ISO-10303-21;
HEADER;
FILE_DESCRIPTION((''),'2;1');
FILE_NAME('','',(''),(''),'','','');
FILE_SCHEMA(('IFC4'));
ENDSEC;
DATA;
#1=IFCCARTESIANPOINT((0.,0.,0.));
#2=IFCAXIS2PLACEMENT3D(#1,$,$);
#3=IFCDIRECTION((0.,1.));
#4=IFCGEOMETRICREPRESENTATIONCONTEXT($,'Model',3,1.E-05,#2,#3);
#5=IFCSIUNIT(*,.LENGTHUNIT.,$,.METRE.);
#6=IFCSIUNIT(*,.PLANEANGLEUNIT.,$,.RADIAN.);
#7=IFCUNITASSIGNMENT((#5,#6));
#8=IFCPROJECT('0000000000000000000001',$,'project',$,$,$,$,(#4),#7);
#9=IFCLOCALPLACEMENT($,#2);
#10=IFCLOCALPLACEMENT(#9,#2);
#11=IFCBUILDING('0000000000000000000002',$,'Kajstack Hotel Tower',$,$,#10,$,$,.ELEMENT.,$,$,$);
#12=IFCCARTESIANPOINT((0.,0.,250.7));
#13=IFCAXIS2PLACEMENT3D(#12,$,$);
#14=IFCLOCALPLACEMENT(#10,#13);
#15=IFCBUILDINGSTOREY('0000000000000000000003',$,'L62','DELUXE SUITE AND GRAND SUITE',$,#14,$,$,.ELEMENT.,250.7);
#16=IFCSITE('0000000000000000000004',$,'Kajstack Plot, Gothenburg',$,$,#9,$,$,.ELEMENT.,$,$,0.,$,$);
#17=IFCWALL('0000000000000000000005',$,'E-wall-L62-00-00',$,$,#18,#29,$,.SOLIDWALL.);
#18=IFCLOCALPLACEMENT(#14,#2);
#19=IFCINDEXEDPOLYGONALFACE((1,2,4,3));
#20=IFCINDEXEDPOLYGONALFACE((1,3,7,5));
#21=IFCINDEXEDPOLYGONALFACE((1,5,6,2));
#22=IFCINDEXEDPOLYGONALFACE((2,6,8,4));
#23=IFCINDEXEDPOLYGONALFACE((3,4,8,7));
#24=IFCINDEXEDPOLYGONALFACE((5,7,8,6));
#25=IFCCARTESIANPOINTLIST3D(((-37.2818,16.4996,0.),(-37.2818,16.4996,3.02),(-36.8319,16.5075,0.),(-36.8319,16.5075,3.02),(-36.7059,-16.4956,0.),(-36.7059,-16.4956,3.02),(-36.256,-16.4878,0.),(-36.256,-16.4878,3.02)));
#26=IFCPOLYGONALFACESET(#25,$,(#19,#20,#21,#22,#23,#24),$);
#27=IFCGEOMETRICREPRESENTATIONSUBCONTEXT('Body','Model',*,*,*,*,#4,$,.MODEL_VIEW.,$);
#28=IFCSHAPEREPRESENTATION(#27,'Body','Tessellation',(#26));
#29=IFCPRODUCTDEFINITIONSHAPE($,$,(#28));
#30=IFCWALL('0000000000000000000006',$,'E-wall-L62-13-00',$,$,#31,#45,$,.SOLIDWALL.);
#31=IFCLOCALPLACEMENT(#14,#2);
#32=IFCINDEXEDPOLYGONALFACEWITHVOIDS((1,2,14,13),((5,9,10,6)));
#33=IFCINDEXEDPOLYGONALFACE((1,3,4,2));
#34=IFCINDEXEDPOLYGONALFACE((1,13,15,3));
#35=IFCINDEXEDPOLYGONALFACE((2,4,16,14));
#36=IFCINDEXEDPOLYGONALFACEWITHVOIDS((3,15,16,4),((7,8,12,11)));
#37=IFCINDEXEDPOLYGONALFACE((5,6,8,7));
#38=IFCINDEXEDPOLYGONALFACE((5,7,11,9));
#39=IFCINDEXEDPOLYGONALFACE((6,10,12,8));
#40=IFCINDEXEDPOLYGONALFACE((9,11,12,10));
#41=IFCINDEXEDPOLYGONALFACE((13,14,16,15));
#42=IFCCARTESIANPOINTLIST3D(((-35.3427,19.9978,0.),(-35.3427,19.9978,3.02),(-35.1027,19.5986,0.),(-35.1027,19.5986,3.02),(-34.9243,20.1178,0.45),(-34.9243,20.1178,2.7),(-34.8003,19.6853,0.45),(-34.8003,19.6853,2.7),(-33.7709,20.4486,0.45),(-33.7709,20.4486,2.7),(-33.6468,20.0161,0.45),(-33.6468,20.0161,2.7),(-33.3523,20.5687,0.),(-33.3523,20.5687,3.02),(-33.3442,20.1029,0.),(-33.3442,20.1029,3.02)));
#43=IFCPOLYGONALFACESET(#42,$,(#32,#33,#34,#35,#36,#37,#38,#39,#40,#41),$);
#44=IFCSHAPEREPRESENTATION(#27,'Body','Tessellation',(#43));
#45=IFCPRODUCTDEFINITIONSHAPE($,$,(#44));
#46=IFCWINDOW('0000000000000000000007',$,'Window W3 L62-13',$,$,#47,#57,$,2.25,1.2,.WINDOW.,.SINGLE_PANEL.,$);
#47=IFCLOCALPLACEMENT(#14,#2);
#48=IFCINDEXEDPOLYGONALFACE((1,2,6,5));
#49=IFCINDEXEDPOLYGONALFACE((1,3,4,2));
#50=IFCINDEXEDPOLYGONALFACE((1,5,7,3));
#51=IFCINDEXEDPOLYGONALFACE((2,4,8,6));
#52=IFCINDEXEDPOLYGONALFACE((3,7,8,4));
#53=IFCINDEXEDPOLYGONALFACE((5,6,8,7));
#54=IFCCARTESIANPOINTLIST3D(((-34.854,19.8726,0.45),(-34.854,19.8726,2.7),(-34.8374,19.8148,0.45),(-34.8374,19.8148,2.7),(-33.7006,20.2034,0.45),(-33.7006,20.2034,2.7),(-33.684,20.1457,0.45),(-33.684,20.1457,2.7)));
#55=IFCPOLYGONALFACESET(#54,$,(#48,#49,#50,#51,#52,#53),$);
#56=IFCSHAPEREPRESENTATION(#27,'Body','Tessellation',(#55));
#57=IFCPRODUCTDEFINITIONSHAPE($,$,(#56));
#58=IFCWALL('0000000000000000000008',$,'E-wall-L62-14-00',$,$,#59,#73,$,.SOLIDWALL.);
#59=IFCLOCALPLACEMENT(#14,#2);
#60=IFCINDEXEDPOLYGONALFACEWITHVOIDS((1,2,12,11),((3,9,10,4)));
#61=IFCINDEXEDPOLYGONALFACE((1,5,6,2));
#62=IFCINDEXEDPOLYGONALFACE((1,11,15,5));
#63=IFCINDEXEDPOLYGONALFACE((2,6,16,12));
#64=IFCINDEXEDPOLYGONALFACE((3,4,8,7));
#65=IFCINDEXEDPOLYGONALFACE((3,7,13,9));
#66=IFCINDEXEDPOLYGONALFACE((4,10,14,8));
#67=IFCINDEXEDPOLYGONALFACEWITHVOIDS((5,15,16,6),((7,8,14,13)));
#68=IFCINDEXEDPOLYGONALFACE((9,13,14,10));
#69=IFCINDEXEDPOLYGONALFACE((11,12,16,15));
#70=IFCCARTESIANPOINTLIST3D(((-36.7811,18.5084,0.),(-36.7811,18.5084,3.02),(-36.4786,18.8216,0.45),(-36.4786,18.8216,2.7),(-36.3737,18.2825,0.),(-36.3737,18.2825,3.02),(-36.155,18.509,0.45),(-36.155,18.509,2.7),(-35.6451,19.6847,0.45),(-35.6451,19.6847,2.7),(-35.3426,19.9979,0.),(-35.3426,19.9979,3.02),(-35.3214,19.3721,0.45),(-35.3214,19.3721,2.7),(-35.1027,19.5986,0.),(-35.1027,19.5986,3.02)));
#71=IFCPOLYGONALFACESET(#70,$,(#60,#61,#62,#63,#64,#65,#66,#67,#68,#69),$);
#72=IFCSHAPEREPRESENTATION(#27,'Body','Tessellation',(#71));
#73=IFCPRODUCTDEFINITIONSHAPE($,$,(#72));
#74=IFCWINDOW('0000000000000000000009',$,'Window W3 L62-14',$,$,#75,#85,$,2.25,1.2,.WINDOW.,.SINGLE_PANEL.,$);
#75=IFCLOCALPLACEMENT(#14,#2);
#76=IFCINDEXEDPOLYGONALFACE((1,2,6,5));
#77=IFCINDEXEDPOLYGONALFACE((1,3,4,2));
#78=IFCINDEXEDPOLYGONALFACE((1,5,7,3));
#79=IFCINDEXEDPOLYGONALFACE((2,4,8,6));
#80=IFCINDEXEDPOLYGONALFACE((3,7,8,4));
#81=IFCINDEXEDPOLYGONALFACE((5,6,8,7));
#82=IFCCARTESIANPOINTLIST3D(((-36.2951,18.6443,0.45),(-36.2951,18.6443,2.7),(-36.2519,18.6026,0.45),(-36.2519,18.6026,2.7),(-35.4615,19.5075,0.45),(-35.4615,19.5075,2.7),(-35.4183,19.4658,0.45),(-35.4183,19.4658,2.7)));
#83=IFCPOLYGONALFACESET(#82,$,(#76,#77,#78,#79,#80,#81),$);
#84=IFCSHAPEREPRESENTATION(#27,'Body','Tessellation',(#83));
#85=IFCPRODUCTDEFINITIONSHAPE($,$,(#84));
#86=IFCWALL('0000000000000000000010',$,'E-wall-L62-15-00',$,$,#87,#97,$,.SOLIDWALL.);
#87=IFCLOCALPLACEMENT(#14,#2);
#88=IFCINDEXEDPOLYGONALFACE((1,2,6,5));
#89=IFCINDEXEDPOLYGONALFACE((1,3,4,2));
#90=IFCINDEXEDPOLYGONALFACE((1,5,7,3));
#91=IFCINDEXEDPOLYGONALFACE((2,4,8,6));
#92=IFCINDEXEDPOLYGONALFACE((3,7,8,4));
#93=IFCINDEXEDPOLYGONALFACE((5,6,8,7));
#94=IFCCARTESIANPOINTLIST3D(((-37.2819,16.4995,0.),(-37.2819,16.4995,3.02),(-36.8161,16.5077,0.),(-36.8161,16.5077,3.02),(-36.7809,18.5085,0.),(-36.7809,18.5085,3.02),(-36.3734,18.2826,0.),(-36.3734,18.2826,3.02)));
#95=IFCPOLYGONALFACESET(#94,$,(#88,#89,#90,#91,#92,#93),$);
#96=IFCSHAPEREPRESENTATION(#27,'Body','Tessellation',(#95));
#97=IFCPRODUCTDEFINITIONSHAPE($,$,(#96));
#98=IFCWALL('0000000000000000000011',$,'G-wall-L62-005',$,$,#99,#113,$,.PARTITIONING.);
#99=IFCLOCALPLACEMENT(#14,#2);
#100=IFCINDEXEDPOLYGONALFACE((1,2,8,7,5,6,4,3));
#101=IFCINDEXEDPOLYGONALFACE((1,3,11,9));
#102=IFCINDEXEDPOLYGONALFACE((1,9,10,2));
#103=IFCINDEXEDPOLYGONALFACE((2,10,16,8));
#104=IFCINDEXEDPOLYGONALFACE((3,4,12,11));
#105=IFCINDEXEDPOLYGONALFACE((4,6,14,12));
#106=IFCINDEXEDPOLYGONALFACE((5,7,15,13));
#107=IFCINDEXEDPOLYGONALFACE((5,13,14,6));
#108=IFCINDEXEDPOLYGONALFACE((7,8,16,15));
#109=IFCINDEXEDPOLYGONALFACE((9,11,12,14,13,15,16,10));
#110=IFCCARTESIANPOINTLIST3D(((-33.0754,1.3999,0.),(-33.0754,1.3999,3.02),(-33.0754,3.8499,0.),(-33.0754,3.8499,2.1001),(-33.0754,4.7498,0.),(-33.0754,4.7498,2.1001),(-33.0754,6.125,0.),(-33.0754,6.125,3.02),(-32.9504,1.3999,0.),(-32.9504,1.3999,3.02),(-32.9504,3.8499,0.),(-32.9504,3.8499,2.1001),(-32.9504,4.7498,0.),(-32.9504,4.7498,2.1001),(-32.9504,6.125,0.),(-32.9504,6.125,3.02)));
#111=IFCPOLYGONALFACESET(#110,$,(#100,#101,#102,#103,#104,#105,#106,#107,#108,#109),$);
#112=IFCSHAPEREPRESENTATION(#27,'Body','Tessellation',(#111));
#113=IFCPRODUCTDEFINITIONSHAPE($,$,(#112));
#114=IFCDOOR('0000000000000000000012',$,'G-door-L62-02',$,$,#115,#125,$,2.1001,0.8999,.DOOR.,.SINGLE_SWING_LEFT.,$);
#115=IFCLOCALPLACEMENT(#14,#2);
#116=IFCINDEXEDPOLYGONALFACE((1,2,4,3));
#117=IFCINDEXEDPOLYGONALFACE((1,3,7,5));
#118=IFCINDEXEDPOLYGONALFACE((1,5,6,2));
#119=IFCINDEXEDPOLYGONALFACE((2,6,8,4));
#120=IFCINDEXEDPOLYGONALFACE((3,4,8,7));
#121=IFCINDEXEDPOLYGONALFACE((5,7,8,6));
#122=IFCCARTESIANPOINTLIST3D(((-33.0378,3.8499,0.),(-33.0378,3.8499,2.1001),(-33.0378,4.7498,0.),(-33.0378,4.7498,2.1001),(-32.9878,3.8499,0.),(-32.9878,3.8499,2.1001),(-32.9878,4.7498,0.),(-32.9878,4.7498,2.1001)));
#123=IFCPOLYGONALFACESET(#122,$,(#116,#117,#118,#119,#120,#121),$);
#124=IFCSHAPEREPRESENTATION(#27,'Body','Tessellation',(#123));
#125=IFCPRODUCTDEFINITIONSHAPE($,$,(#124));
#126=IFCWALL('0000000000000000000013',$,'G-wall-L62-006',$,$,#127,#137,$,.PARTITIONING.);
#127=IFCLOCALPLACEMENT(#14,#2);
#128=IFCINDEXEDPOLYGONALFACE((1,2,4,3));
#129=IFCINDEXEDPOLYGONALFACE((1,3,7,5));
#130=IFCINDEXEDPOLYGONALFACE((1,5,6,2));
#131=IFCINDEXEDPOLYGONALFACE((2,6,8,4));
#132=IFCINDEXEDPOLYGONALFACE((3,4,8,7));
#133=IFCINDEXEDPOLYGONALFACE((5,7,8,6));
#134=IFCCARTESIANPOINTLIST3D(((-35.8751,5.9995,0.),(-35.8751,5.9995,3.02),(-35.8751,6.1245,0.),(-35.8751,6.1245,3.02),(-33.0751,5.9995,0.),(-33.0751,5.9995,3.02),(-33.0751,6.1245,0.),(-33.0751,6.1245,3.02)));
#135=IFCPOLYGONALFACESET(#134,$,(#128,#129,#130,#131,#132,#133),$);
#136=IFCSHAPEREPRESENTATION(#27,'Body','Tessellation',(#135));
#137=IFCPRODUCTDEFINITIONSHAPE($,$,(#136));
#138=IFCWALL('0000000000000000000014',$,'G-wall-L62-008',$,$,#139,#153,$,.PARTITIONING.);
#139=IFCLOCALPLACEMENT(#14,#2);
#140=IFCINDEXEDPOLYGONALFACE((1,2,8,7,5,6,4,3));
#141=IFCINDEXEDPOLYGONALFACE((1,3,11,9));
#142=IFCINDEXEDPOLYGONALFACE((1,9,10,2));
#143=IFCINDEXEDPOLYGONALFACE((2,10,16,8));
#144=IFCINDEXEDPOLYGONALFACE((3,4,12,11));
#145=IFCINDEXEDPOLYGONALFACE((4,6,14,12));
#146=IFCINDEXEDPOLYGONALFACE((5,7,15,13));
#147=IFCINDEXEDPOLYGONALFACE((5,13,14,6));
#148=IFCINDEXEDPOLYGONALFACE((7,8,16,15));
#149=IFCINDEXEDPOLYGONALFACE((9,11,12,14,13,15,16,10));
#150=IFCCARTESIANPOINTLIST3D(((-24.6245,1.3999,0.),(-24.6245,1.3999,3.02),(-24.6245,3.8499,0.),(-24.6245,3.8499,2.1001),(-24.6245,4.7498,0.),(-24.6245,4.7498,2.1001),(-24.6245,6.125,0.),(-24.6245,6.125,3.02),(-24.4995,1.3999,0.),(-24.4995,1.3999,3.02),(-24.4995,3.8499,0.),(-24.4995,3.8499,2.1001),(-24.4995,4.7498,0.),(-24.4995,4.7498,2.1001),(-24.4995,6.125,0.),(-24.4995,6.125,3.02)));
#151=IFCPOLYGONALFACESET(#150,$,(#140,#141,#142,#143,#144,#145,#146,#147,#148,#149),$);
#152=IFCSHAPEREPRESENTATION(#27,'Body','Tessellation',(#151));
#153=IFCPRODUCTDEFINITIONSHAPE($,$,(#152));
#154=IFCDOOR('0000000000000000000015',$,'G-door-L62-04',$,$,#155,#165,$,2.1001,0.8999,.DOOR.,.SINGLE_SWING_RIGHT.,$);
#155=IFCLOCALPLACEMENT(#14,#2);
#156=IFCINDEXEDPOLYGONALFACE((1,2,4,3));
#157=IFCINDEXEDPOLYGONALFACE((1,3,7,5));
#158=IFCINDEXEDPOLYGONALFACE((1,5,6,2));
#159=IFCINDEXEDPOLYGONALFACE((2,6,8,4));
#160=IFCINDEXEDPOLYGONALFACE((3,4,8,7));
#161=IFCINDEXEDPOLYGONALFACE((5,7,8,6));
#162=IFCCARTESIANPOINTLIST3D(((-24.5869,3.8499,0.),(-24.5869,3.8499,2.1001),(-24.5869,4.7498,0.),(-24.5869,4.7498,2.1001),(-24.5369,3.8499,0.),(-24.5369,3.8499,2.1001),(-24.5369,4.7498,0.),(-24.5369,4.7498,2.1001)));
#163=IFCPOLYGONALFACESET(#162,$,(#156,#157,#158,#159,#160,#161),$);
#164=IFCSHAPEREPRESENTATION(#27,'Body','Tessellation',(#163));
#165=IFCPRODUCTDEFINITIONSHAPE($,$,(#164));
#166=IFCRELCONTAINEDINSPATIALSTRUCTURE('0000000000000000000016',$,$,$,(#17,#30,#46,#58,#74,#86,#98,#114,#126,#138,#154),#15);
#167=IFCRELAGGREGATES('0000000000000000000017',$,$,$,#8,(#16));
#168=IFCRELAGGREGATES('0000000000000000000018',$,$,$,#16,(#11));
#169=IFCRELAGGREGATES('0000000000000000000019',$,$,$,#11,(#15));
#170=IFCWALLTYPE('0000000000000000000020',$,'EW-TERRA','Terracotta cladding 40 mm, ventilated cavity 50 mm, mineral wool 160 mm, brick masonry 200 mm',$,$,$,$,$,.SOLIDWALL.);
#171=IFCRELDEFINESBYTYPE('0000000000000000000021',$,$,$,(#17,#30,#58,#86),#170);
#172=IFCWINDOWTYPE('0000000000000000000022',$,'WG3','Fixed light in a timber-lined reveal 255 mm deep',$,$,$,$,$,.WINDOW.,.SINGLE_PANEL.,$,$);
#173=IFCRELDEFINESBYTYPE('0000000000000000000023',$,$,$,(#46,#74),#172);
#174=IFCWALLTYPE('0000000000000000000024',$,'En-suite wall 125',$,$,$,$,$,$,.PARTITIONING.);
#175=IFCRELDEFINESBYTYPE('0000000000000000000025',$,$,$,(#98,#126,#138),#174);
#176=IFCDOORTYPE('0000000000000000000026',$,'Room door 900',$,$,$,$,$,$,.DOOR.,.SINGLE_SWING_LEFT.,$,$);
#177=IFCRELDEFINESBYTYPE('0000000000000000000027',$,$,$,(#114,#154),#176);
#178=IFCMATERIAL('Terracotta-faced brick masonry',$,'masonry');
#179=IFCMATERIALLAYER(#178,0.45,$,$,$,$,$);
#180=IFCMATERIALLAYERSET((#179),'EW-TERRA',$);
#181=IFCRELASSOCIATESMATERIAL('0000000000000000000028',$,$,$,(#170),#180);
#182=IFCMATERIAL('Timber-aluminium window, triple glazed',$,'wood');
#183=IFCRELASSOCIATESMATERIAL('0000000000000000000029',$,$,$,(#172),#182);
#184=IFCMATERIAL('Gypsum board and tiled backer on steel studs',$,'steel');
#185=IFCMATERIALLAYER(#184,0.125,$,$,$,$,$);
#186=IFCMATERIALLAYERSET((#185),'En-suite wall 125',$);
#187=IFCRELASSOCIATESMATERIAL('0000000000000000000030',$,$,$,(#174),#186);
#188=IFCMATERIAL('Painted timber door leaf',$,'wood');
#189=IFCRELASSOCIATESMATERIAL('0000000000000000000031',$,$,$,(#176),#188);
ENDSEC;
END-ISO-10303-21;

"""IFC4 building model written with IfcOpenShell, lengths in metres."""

from ifc_helpers import new_model, si_unit, direction, frame, frame_2d, origin, place, context, subcontext, project, spatial, polyline, rectangle, outline, extrude, material, layer, layer_set, type_object, element, fill, save


model = new_model("IFC4")

# Units and contexts
model_context = context("Model", 3, precision=1e-05, world=origin(), true_north=direction((0.0, 1.0)))
body_context = subcontext(model_context, "Body", "Model", "MODEL_VIEW")
ifc_project = project(units=[si_unit("LENGTHUNIT", "METRE"), si_unit("PLANEANGLEUNIT", "RADIAN")], contexts=[model_context])

# Site, building, storey
site_placement = place(None, origin())
site = spatial("IfcSite", under=ifc_project, at=site_placement, Name="Kajstack Plot, Gothenburg", CompositionType="ELEMENT", RefElevation=0.0)
building_placement = place(site_placement, origin())
building = spatial("IfcBuilding", under=site, at=building_placement, Name="Kajstack Hotel Tower", CompositionType="ELEMENT")
storey_placement = place(building_placement, frame((0.0, 0.0, 250.7)))
storey = spatial("IfcBuildingStorey", under=building, at=storey_placement, Name="L62", Description="DELUXE SUITE AND GRAND SUITE", CompositionType="ELEMENT", Elevation=250.7)

# Wall
ifc_material_1 = material(Name="Terracotta-faced brick masonry", Category="masonry")
ifc_layer_1 = layer(ifc_material_1, 0.45)
ifc_layer_set_1 = layer_set([ifc_layer_1], Name="EW-TERRA")
wall_type_1 = type_object("IfcWallType", Name="EW-TERRA", Description="Terracotta cladding 40 mm, ventilated cavity 50 mm, mineral wool 160 mm, brick masonry 200 mm", PredefinedType="SOLIDWALL", material=ifc_layer_set_1)
wall_1_placement = place(storey_placement, frame((-37.0569, 16.5034, 0.0), z_axis=(0.0, 0.0, 1.0), x_axis=(0.017452, -0.999848, 0.0)))
element("IfcWall", 1, at=wall_1_placement, inside=storey, type_object=wall_type_1, Name="E-wall-L62-00-00", PredefinedType="SOLIDWALL", context=body_context, shape_type="SweptSolid", body=[
    extrude(rectangle(XDim=33.0002, YDim=0.45, at=frame_2d((16.5, 0.0))), origin(), (0.0, 0.0, 1.0), 3.02),
])

# Walls, openings, windows
wall_2_placement = place(storey_placement, frame((-33.2903, 20.3523, 0.0), z_axis=(0.0, 0.0, 1.0), x_axis=(-0.961248, -0.275687, 0.0)))
wall_2 = element("IfcWall", 2, at=wall_2_placement, inside=storey, type_object=wall_type_1, Name="E-wall-L62-13-00", PredefinedType="SOLIDWALL", context=body_context, shape_type="SweptSolid", body=[
    extrude(outline(polyline([(0.0, -0.2251), (2.0706, -0.2251), (1.95, 0.2249), (0.1206, 0.2249), (0.0, -0.2251)])), origin(), (0.0, 0.0, 1.0), 3.02),
])
opening_1_placement = place(wall_2_placement, frame((0.4353, 0.0, 0.45)))
opening_1 = element("IfcOpeningElement", 3, at=opening_1_placement, cuts=wall_2, PredefinedType="OPENING", context=body_context, shape_type="SweptSolid", body=[
    extrude(rectangle(XDim=1.2, YDim=2.25, at=frame_2d((0.6001, 1.125))), frame((0.0, 0.2349, 0.0), z_axis=(0.0, -1.0, 0.0), x_axis=(1.0, 0.0, 0.0)), (0.0, 0.0, 1.0), 0.47),
])
ifc_material_2 = material(Name="Timber-aluminium window, triple glazed", Category="wood")
window_type = type_object("IfcWindowType", Name="WG3", Description="Fixed light in a timber-lined reveal 255 mm deep", PartitioningType="SINGLE_PANEL", PredefinedType="WINDOW", material=ifc_material_2)
window_1_placement = place(opening_1_placement, origin())
window_1 = element("IfcWindow", 4, at=window_1_placement, inside=storey, type_object=window_type, Name="Window W3 L62-13", OverallHeight=2.25, OverallWidth=1.2, PartitioningType="SINGLE_PANEL", PredefinedType="WINDOW", context=body_context, shape_type="SweptSolid", body=[
    extrude(rectangle(XDim=1.2, YDim=2.25, at=frame_2d((0.6001, 1.125))), frame((0.0, 0.0901, 0.0), z_axis=(0.0, -1.0, 0.0), x_axis=(1.0, 0.0, 0.0)), (0.0, 0.0, 1.0), 0.0601),
])
fill(opening_1, window_1)
wall_3_placement = place(storey_placement, frame((-35.1807, 19.8416, 0.0), z_axis=(0.0, 0.0, 1.0), x_axis=(-0.694679, -0.71932, 0.0)))
wall_3 = element("IfcWall", 5, at=wall_3_placement, inside=storey, type_object=wall_type_1, Name="E-wall-L62-14-00", PredefinedType="SOLIDWALL", context=body_context, shape_type="SweptSolid", body=[
    extrude(outline(polyline([(0.0, -0.2251), (2.0708, -0.2251), (1.9502, 0.2249), (0.1206, 0.2249), (0.0, -0.2251)])), origin(), (0.0, 0.0, 1.0), 3.02),
])
opening_2_placement = place(wall_3_placement, frame((0.4353, 0.0, 0.45)))
opening_2 = element("IfcOpeningElement", 6, at=opening_2_placement, cuts=wall_3, PredefinedType="OPENING", context=body_context, shape_type="SweptSolid", body=[
    extrude(rectangle(XDim=1.2, YDim=2.25, at=frame_2d((0.6001, 1.125))), frame((0.0, 0.2349, 0.0), z_axis=(0.0, -1.0, 0.0), x_axis=(1.0, 0.0, 0.0)), (0.0, 0.0, 1.0), 0.47),
])
window_2_placement = place(opening_2_placement, origin())
window_2 = element("IfcWindow", 7, at=window_2_placement, inside=storey, type_object=window_type, Name="Window W3 L62-14", OverallHeight=2.25, OverallWidth=1.2, PartitioningType="SINGLE_PANEL", PredefinedType="WINDOW", context=body_context, shape_type="SweptSolid", body=[
    extrude(rectangle(XDim=1.2, YDim=2.25, at=frame_2d((0.6001, 1.125))), frame((0.0, 0.0901, 0.0), z_axis=(0.0, -1.0, 0.0), x_axis=(1.0, 0.0, 0.0)), (0.0, 0.0, 1.0), 0.0601),
])
fill(opening_2, window_2)

# Wall
wall_4_placement = place(storey_placement, frame((-36.5627, 18.4539, 0.0), z_axis=(0.0, 0.0, 1.0), x_axis=(-0.24187, -0.970309, 0.0)))
element("IfcWall", 8, at=wall_4_placement, inside=storey, type_object=wall_type_1, Name="E-wall-L62-15-00", PredefinedType="SOLIDWALL", context=body_context, shape_type="SweptSolid", body=[
    extrude(outline(polyline([(-0.0002, -0.2249), (2.0703, -0.2251), (1.9497, 0.2249), (0.1204, 0.2251), (-0.0002, -0.2249)])), origin(), (0.0, 0.0, 1.0), 3.02),
])

# Wall, opening, door
ifc_material_3 = material(Name="Gypsum board and tiled backer on steel studs", Category="steel")
ifc_layer_2 = layer(ifc_material_3, 0.125)
ifc_layer_set_2 = layer_set([ifc_layer_2], Name="En-suite wall 125")
wall_type_2 = type_object("IfcWallType", Name="En-suite wall 125", PredefinedType="PARTITIONING", material=ifc_layer_set_2)
wall_5_placement = place(storey_placement, frame((-33.0129, 1.3999, 0.0), z_axis=(0.0, 0.0, 1.0), x_axis=(0.0, 1.0, 0.0)))
wall_5 = element("IfcWall", 9, at=wall_5_placement, inside=storey, type_object=wall_type_2, Name="G-wall-L62-005", PredefinedType="PARTITIONING", context=body_context, shape_type="SweptSolid", body=[
    extrude(rectangle(XDim=4.7251, YDim=0.125, at=frame_2d((2.3625, 0.0))), origin(), (0.0, 0.0, 1.0), 3.02),
])
opening_3_placement = place(wall_5_placement, frame((2.45, 0.0, 0.0)))
opening_3 = element("IfcOpeningElement", 10, at=opening_3_placement, cuts=wall_5, PredefinedType="OPENING", context=body_context, shape_type="SweptSolid", body=[
    extrude(rectangle(XDim=0.8999, YDim=2.1001, at=frame_2d((0.45, 1.05))), frame((0.0, 0.0725, 0.0), z_axis=(0.0, -1.0, 0.0), x_axis=(1.0, 0.0, 0.0)), (0.0, 0.0, 1.0), 0.145),
])
ifc_material_4 = material(Name="Painted timber door leaf", Category="wood")
door_type_1 = type_object("IfcDoorType", Name="Room door 900", OperationType="SINGLE_SWING_LEFT", PredefinedType="DOOR", material=ifc_material_4)
door_1_placement = place(opening_3_placement, origin())
door_1 = element("IfcDoor", 11, at=door_1_placement, inside=storey, type_object=door_type_1, Name="G-door-L62-02", OperationType="SINGLE_SWING_LEFT", OverallHeight=2.1001, OverallWidth=0.8999, PredefinedType="DOOR", context=body_context, shape_type="SweptSolid", body=[
    extrude(rectangle(XDim=0.8999, YDim=2.1001, at=frame_2d((0.45, 1.05))), frame((0.0, 0.0249, 0.0), z_axis=(0.0, -1.0, 0.0), x_axis=(1.0, 0.0, 0.0)), (0.0, 0.0, 1.0), 0.05),
])
fill(opening_3, door_1)

# Wall
wall_6_placement = place(storey_placement, frame((-35.875, 6.062, 0.0), z_axis=(0.0, 0.0, 1.0), x_axis=(1.0, 0.0, 0.0)))
element("IfcWall", 12, at=wall_6_placement, inside=storey, type_object=wall_type_2, Name="G-wall-L62-006", PredefinedType="PARTITIONING", context=body_context, shape_type="SweptSolid", body=[
    extrude(rectangle(XDim=2.8, YDim=0.125, at=frame_2d((1.3999, 0.0))), origin(), (0.0, 0.0, 1.0), 3.02),
])

# Wall, opening, door
wall_7_placement = place(storey_placement, frame((-24.562, 1.3999, 0.0), z_axis=(0.0, 0.0, 1.0), x_axis=(0.0, 1.0, 0.0)))
wall_7 = element("IfcWall", 13, at=wall_7_placement, inside=storey, type_object=wall_type_2, Name="G-wall-L62-008", PredefinedType="PARTITIONING", context=body_context, shape_type="SweptSolid", body=[
    extrude(rectangle(XDim=4.7251, YDim=0.125, at=frame_2d((2.3625, 0.0))), origin(), (0.0, 0.0, 1.0), 3.02),
])
opening_4_placement = place(wall_7_placement, frame((2.45, 0.0, 0.0)))
opening_4 = element("IfcOpeningElement", 14, at=opening_4_placement, cuts=wall_7, PredefinedType="OPENING", context=body_context, shape_type="SweptSolid", body=[
    extrude(rectangle(XDim=0.8999, YDim=2.1001, at=frame_2d((0.45, 1.05))), frame((0.0, 0.0725, 0.0), z_axis=(0.0, -1.0, 0.0), x_axis=(1.0, 0.0, 0.0)), (0.0, 0.0, 1.0), 0.145),
])
door_2_placement = place(opening_4_placement, origin())
door_2 = element("IfcDoor", 15, at=door_2_placement, inside=storey, type_object=door_type_1, Name="G-door-L62-04", OperationType="SINGLE_SWING_RIGHT", OverallHeight=2.1001, OverallWidth=0.8999, PredefinedType="DOOR", context=body_context, shape_type="SweptSolid", body=[
    extrude(rectangle(XDim=0.8999, YDim=2.1001, at=frame_2d((0.45, 1.05))), frame((0.0, 0.0249, 0.0), z_axis=(0.0, -1.0, 0.0), x_axis=(1.0, 0.0, 0.0)), (0.0, 0.0, 1.0), 0.05),
])
fill(opening_4, door_2)

save(model, "model.ifc")
